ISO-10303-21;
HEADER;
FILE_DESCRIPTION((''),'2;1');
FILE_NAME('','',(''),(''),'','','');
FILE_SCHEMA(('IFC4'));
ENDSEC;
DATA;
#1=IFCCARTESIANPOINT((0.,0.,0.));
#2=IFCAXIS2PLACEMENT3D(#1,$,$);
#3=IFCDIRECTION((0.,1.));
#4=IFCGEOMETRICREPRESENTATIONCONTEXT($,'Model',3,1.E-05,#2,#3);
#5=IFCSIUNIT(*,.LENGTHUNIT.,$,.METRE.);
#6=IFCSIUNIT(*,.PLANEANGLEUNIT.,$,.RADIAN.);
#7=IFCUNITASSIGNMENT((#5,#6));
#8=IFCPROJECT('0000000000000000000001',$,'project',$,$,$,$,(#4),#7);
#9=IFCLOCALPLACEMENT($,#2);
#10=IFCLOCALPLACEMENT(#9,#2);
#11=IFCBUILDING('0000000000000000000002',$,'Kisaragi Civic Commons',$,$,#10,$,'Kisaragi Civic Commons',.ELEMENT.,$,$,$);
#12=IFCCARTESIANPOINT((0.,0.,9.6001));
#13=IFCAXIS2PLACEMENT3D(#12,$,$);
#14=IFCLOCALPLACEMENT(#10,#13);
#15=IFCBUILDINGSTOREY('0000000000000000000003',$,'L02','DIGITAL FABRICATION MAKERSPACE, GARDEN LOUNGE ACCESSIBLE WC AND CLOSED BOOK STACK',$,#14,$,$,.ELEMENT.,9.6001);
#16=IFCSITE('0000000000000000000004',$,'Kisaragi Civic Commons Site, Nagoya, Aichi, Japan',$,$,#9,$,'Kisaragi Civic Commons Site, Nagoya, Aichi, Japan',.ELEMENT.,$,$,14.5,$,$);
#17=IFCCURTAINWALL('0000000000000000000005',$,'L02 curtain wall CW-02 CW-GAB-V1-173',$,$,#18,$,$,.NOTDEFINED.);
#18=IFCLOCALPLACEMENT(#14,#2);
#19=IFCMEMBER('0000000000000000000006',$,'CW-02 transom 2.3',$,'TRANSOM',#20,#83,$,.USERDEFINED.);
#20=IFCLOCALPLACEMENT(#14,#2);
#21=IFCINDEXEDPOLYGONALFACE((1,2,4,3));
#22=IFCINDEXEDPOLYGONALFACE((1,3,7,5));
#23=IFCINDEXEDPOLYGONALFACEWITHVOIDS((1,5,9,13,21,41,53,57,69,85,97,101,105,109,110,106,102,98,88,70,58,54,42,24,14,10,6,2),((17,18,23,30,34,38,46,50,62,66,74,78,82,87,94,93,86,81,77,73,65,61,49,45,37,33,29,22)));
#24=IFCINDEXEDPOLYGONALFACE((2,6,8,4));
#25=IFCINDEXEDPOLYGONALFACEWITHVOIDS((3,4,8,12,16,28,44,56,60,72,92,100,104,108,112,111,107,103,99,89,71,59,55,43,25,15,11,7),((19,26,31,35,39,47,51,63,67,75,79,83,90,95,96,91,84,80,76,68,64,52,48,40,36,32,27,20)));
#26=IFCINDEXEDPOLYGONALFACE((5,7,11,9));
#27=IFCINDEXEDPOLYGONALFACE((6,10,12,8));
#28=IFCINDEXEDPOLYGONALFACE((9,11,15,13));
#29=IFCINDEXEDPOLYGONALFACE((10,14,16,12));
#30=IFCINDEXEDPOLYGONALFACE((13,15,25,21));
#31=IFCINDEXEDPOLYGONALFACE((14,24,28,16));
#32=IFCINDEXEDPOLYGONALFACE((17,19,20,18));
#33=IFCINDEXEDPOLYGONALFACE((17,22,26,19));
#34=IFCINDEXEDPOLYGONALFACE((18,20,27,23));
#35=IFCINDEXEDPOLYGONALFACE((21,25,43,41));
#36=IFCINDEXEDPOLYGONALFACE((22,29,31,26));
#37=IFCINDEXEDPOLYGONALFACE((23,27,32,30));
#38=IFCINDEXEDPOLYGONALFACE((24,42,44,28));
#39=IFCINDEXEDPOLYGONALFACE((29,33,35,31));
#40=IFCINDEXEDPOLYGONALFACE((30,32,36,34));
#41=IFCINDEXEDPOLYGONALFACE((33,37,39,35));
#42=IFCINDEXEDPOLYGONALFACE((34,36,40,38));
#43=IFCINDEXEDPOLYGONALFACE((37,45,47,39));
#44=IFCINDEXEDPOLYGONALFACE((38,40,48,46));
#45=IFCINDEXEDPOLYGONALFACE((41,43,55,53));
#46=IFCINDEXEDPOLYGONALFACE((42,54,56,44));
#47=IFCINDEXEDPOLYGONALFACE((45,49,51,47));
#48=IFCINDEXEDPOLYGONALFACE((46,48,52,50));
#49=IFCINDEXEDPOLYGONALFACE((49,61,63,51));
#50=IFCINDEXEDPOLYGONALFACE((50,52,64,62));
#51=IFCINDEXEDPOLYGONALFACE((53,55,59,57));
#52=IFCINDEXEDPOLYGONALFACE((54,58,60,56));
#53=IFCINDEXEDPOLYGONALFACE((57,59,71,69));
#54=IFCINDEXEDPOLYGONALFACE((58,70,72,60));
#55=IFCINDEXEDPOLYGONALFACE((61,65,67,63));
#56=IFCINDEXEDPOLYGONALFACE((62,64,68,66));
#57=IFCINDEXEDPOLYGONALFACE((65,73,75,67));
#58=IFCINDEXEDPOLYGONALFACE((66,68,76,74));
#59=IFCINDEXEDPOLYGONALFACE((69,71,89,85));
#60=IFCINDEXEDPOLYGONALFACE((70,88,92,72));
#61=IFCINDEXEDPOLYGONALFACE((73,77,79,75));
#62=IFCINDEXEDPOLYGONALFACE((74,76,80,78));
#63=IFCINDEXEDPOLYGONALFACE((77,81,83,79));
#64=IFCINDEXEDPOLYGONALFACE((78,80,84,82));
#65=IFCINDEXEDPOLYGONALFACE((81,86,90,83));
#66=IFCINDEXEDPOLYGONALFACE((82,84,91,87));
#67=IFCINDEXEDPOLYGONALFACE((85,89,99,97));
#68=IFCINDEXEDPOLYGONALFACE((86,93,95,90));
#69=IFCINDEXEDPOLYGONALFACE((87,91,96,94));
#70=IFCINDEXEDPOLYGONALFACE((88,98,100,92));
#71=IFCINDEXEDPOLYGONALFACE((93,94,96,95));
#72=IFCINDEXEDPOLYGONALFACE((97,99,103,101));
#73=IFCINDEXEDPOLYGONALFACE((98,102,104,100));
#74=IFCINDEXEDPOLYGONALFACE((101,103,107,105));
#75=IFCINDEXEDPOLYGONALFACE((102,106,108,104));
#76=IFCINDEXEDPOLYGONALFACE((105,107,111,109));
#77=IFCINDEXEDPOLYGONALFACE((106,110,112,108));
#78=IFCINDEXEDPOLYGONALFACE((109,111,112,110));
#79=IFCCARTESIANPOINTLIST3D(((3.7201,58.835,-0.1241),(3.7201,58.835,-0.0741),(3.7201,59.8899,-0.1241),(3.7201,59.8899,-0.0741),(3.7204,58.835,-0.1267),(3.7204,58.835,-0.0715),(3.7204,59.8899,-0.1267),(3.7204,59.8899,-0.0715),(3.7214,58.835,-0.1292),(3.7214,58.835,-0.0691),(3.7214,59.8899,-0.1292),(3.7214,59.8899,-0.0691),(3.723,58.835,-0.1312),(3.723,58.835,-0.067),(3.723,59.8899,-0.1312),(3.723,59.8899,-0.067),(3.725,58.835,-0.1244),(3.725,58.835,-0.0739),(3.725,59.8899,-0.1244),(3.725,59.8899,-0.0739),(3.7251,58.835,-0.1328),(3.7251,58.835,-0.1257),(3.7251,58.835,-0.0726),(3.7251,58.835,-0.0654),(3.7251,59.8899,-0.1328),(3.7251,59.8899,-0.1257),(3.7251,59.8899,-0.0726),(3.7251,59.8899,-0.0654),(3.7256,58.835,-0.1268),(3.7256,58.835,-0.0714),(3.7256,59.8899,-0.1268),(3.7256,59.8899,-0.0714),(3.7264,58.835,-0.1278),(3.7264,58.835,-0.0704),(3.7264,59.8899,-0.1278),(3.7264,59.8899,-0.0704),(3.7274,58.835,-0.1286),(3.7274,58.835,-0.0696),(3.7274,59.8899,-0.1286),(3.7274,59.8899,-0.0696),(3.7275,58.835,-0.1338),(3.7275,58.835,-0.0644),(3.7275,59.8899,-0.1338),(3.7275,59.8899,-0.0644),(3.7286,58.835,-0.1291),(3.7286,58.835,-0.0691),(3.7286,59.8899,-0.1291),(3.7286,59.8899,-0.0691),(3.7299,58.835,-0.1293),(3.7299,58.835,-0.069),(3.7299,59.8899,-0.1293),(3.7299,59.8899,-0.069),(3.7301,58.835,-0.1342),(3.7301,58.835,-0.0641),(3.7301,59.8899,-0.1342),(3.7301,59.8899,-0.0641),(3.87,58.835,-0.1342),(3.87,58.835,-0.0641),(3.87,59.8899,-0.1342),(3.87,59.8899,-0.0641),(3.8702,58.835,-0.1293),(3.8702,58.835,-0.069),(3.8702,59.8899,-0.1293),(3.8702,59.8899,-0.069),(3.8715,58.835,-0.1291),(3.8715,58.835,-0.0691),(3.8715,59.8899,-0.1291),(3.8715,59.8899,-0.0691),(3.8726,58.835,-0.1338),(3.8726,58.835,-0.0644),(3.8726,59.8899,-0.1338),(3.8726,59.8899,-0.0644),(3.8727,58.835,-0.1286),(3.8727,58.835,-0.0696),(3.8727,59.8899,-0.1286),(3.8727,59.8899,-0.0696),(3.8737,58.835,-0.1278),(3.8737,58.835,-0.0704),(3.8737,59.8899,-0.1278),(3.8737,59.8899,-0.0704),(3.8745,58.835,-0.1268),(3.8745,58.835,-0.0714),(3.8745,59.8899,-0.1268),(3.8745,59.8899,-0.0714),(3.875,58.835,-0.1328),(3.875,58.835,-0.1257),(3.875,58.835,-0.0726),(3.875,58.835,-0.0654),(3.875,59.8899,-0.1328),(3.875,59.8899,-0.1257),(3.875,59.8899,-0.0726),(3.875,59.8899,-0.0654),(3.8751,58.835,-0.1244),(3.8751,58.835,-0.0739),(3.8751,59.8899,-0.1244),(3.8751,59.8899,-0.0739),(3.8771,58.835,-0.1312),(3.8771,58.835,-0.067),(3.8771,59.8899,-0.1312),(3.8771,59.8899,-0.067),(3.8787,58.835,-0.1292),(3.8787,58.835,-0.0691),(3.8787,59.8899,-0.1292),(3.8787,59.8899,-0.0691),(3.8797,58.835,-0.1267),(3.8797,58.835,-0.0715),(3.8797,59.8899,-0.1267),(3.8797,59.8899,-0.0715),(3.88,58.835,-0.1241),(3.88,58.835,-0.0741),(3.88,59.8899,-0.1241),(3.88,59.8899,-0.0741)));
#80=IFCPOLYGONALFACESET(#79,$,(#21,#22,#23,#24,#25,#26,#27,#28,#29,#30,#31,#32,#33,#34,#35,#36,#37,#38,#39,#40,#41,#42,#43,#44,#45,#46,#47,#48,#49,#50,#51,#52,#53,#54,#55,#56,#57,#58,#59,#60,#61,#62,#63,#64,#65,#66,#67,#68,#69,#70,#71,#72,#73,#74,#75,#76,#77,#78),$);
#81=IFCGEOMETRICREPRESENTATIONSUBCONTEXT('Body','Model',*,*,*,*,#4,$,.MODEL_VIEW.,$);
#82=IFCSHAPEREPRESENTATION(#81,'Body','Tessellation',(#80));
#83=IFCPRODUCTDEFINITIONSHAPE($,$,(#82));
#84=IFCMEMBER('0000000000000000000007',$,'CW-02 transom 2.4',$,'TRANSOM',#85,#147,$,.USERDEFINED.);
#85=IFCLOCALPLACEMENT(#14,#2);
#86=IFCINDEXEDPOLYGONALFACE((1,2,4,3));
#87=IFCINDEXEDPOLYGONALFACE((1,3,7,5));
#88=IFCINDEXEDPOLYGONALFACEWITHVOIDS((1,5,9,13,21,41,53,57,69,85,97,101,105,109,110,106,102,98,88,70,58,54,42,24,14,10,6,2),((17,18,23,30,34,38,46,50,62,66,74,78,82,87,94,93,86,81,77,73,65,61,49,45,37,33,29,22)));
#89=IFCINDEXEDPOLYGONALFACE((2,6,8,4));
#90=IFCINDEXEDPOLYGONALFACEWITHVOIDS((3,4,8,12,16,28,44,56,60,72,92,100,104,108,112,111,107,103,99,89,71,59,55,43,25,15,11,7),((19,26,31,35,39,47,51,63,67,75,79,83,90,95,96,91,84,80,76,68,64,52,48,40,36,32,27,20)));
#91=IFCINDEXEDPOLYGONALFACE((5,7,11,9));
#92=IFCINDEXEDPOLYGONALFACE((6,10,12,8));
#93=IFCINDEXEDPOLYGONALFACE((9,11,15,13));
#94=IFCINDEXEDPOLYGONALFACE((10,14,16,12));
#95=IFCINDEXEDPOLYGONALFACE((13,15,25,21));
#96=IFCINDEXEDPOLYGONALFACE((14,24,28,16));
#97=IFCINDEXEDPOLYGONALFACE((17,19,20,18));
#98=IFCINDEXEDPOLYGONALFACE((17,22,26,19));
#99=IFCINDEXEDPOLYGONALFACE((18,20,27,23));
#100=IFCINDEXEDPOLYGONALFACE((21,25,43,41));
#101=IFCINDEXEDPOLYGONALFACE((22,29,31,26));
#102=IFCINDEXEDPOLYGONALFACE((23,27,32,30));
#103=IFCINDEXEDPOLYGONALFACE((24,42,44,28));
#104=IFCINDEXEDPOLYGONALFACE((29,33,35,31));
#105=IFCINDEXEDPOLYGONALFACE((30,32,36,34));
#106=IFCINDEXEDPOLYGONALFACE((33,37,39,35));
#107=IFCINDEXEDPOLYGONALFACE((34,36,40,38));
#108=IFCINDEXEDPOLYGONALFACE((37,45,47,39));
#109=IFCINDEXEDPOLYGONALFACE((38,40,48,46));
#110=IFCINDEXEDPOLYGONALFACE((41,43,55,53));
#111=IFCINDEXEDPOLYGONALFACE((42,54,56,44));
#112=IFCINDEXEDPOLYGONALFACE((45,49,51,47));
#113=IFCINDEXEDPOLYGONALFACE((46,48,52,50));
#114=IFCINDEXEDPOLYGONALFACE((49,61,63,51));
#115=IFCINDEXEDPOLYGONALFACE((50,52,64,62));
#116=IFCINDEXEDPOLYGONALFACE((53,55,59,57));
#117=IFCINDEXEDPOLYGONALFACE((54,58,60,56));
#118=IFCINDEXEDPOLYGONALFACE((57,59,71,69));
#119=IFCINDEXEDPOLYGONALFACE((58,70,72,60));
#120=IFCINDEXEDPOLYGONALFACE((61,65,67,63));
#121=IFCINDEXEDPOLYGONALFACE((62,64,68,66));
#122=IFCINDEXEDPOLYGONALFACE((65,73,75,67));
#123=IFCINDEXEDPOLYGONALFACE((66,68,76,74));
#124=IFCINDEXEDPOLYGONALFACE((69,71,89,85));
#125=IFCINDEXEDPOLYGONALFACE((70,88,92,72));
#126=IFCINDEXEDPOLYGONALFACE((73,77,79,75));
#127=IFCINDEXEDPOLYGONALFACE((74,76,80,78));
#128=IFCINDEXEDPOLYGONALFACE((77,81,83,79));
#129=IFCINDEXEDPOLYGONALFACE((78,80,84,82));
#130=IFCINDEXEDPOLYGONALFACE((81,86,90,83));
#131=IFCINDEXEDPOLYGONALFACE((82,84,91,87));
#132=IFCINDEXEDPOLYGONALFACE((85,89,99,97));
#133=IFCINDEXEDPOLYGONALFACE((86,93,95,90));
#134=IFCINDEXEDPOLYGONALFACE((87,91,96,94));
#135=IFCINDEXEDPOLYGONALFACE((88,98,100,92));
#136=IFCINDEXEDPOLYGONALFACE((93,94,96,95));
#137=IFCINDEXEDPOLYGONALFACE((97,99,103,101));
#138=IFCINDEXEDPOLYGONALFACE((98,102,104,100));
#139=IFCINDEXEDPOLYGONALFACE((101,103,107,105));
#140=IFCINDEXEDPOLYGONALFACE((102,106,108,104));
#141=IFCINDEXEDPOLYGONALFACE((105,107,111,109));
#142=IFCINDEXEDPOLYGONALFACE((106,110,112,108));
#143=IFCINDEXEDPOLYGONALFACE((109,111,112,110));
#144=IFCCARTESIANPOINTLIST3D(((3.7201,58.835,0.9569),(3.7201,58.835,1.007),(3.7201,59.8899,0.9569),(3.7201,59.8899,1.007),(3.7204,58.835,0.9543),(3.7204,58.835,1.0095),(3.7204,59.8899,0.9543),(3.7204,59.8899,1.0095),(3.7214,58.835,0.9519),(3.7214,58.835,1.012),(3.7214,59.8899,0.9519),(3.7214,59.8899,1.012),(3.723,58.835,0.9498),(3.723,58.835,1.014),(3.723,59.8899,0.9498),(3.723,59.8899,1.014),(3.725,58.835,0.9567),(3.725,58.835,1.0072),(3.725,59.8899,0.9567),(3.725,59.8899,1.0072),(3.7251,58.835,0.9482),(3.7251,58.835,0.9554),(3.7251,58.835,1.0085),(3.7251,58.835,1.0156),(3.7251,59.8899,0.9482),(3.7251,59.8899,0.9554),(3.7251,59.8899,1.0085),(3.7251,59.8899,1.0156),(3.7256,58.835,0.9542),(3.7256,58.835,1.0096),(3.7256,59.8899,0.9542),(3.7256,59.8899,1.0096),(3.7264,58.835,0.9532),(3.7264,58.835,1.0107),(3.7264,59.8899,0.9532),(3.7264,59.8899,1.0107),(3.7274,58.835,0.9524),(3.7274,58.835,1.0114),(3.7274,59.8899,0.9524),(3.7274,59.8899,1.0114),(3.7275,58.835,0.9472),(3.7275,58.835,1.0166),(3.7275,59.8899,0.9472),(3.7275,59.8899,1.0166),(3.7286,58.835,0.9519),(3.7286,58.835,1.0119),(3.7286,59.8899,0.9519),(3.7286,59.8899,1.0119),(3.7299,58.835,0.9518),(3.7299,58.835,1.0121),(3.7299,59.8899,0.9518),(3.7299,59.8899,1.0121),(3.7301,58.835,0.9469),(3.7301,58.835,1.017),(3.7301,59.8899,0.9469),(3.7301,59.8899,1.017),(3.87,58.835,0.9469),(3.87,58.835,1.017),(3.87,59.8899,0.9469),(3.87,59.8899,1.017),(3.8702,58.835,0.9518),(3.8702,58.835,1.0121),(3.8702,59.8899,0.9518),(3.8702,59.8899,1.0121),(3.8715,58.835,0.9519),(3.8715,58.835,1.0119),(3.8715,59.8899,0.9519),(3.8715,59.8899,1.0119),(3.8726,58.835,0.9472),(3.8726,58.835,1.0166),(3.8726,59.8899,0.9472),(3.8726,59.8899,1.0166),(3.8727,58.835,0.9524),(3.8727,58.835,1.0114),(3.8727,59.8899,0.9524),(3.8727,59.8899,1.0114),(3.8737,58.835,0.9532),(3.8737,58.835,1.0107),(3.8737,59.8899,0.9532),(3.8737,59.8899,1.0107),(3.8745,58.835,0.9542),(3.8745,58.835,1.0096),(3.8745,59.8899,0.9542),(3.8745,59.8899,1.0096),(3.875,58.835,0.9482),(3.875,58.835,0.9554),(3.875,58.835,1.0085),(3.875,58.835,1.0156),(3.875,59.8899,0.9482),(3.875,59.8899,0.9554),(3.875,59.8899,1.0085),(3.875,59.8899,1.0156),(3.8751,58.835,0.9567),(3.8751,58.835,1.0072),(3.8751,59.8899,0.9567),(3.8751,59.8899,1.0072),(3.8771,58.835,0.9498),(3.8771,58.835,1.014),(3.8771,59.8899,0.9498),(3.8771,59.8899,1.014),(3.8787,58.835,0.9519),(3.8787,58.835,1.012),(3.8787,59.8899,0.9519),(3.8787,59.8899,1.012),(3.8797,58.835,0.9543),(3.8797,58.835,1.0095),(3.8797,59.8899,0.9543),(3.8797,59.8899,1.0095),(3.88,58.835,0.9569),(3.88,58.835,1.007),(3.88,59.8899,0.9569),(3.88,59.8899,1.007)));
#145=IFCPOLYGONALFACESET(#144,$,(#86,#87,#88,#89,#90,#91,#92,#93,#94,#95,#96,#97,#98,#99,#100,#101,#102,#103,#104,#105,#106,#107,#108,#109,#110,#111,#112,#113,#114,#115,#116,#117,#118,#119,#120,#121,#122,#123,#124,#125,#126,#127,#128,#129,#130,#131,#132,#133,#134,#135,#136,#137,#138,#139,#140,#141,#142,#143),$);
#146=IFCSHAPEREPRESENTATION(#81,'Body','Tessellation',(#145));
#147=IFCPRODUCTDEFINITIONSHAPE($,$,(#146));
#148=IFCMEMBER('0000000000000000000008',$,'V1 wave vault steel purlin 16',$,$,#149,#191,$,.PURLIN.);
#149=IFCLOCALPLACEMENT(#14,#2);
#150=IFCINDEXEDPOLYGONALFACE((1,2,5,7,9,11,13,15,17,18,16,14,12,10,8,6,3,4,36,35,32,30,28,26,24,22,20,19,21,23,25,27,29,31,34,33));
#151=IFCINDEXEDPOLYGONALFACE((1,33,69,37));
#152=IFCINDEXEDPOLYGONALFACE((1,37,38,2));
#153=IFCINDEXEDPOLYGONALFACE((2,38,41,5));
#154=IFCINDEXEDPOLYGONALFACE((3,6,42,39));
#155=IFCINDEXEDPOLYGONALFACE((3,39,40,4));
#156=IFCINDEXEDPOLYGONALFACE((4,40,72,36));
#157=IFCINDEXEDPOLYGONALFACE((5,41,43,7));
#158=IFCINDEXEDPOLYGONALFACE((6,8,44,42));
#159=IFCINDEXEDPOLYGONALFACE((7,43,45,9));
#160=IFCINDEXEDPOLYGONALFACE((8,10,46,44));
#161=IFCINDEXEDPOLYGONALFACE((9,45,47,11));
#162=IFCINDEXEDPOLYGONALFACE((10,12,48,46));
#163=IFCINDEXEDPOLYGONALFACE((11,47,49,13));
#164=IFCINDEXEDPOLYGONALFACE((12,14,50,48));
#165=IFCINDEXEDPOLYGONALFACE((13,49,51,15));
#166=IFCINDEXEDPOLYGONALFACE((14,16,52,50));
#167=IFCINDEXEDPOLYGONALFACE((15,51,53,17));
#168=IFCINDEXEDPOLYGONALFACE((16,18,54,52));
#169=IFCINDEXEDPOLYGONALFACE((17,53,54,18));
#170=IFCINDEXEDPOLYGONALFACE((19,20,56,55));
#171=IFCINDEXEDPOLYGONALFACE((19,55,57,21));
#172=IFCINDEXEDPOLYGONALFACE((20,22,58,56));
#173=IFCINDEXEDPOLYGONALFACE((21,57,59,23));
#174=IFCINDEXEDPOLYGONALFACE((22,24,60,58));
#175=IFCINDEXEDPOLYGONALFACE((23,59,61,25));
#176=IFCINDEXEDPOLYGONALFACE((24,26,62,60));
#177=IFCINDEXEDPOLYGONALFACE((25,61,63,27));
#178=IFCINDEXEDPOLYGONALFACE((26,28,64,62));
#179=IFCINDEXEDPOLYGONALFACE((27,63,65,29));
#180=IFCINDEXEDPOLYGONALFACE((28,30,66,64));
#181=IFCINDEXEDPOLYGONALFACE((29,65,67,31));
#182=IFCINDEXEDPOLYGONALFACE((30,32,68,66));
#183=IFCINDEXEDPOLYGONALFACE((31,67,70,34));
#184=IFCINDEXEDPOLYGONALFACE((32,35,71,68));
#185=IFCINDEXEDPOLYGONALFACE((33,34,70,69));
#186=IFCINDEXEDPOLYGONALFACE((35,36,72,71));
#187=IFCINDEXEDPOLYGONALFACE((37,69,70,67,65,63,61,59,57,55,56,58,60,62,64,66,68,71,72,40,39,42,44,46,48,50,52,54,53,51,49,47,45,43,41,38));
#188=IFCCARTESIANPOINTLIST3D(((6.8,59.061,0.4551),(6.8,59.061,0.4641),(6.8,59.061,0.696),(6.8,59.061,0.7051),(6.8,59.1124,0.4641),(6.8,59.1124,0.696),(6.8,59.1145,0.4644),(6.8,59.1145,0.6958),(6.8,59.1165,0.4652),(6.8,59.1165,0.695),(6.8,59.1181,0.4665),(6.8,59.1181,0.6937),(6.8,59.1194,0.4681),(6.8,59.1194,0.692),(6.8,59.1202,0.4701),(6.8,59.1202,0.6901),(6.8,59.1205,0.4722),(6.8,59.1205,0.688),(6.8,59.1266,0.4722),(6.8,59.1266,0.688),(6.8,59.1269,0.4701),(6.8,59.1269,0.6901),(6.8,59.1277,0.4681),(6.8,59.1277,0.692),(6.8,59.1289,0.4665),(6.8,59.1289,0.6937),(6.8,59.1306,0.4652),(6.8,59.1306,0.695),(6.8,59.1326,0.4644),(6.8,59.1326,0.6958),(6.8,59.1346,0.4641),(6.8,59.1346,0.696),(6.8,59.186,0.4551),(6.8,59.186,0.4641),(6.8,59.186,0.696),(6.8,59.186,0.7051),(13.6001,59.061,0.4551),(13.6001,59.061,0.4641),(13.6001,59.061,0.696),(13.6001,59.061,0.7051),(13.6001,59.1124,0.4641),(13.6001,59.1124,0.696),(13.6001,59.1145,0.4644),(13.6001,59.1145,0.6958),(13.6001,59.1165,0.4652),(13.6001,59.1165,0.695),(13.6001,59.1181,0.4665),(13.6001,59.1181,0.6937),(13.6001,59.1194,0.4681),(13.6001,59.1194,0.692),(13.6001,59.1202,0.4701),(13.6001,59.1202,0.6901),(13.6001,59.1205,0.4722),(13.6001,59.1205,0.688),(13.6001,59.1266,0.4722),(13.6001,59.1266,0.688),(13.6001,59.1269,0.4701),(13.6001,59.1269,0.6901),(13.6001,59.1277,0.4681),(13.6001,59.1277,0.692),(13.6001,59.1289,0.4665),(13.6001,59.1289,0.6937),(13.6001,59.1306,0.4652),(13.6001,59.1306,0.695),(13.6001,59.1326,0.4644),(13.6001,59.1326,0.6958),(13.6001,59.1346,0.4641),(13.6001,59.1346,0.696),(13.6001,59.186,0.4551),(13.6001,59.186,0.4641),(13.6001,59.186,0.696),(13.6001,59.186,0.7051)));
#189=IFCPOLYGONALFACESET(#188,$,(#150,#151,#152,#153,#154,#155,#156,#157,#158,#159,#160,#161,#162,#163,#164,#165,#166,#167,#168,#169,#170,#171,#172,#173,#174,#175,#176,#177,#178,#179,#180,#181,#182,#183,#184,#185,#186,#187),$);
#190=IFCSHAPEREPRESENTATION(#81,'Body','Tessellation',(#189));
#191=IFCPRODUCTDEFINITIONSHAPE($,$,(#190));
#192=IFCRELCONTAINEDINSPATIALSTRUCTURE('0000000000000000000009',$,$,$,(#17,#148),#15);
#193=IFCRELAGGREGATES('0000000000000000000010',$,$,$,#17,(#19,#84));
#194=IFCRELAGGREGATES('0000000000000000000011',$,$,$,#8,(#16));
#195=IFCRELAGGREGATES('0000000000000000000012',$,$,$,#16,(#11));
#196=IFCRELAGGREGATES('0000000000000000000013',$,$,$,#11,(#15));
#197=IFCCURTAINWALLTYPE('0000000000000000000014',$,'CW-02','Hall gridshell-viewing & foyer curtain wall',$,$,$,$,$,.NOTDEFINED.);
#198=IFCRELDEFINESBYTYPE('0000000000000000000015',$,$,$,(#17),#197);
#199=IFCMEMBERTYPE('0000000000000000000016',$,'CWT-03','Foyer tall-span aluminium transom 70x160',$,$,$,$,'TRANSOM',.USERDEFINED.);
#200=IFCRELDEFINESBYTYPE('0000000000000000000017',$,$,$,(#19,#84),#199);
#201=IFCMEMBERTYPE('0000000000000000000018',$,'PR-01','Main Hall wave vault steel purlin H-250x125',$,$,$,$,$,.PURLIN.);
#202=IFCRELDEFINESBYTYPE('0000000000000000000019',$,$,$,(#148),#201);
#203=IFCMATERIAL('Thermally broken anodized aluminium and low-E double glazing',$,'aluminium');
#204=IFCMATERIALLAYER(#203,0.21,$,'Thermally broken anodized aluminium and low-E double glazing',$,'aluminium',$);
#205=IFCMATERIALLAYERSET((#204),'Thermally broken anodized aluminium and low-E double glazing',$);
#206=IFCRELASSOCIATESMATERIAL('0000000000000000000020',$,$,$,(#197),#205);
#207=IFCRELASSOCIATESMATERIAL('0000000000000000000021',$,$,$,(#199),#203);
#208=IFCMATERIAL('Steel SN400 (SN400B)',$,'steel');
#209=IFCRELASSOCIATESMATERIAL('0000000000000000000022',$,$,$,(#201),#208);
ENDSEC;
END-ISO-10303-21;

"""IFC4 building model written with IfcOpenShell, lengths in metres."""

from ifc_helpers import new_model, si_unit, direction, frame, origin, origin_2d, place, context, subcontext, project, spatial, hollow_rectangle, i_section, extrude, material, layer, layer_set, material_profile, profile_set, type_object, element, aggregate, save


model = new_model("IFC4")

# Units and contexts
model_context = context("Model", 3, precision=1e-05, world=origin(), true_north=direction((0.0, 1.0)))
body_context = subcontext(model_context, "Body", "Model", "MODEL_VIEW")
ifc_project = project(units=[si_unit("LENGTHUNIT", "METRE"), si_unit("PLANEANGLEUNIT", "RADIAN")], contexts=[model_context])

# Site, building, storey
site_placement = place(None, origin())
site = spatial("IfcSite", under=ifc_project, at=site_placement, Name="Kisaragi Civic Commons Site, Nagoya, Aichi, Japan", LongName="Kisaragi Civic Commons Site, Nagoya, Aichi, Japan", CompositionType="ELEMENT", RefElevation=14.5)
building_placement = place(site_placement, origin())
building = spatial("IfcBuilding", under=site, at=building_placement, Name="Kisaragi Civic Commons", LongName="Kisaragi Civic Commons", CompositionType="ELEMENT")
storey_placement = place(building_placement, frame((0.0, 0.0, 9.6001)))
storey = spatial("IfcBuildingStorey", under=building, at=storey_placement, Name="L02", Description="DIGITAL FABRICATION MAKERSPACE, GARDEN LOUNGE ACCESSIBLE WC AND CLOSED BOOK STACK", CompositionType="ELEMENT", Elevation=9.6001)

# Curtain wall
ifc_material_1 = material(Name="Thermally broken anodized aluminium and low-E double glazing", Category="aluminium")
ifc_layer_1 = layer(ifc_material_1, 0.21, Name="Thermally broken anodized aluminium and low-E double glazing", Category="aluminium")
ifc_layer_set_1 = layer_set([ifc_layer_1], Name="Thermally broken anodized aluminium and low-E double glazing")
curtain_wall_type_1 = type_object("IfcCurtainWallType", Name="CW-02", Description="Hall gridshell-viewing & foyer curtain wall", PredefinedType="NOTDEFINED", material=ifc_layer_set_1)
curtain_wall_1_placement = place(storey_placement, origin())
curtain_wall_1 = element("IfcCurtainWall", 1, at=curtain_wall_1_placement, inside=storey, type_object=curtain_wall_type_1, Name="L02 curtain wall CW-02 CW-GAB-V1-173", PredefinedType="NOTDEFINED")

# Members
ifc_material_profile_1 = material_profile(ifc_material_1, hollow_rectangle(XDim=0.1599, YDim=0.0701, WallThickness=0.0049, InnerFilletRadius=0.0049, OuterFilletRadius=0.01, at=origin_2d()), Name="CWT-70x160x5", Category="aluminium")
ifc_profile_set_1 = profile_set([ifc_material_profile_1], Name="Thermally broken anodized aluminium and low-E double glazing")
member_type_1 = type_object("IfcMemberType", Name="CWT-03", Description="Foyer tall-span aluminium transom 70x160", ElementType="TRANSOM", PredefinedType="USERDEFINED", material=ifc_profile_set_1)
member_1_placement = place(storey_placement, frame((3.8, 58.835, -0.0991), z_axis=(0.0, 1.0, 0.0), x_axis=(-1.0, 0.0, 0.0)))
member_1 = element("IfcMember", 2, at=member_1_placement, type_object=member_type_1, Name="CW-02 transom 2.3", ObjectType="TRANSOM", PredefinedType="USERDEFINED", context=body_context, shape_type="SweptSolid", body=[
    extrude(hollow_rectangle(XDim=0.1599, YDim=0.0701, WallThickness=0.0049, InnerFilletRadius=0.0049, OuterFilletRadius=0.01, at=origin_2d()), origin(), (0.0, 0.0, 1.0), 1.0549),
])
member_2_placement = place(storey_placement, frame((3.8, 58.835, 0.9819), z_axis=(0.0, 1.0, 0.0), x_axis=(-1.0, 0.0, 0.0)))
member_2 = element("IfcMember", 3, at=member_2_placement, type_object=member_type_1, Name="CW-02 transom 2.4", ObjectType="TRANSOM", PredefinedType="USERDEFINED", context=body_context, shape_type="SweptSolid", body=[
    extrude(hollow_rectangle(XDim=0.1599, YDim=0.0701, WallThickness=0.0049, InnerFilletRadius=0.0049, OuterFilletRadius=0.01, at=origin_2d()), origin(), (0.0, 0.0, 1.0), 1.0549),
])

# Member
ifc_material_2 = material(Name="Steel SN400 (SN400B)", Category="steel")
ifc_material_profile_2 = material_profile(ifc_material_2, i_section(OverallWidth=0.125, OverallDepth=0.25, WebThickness=0.0061, FlangeThickness=0.009, FilletRadius=0.0081, at=origin_2d()), Name="H-250x125x6x9", Category="steel")
ifc_profile_set_2 = profile_set([ifc_material_profile_2], Name="Steel SN400 (SN400B)")
member_type_2 = type_object("IfcMemberType", Name="PR-01", Description="Main Hall wave vault steel purlin H-250x125", PredefinedType="PURLIN", material=ifc_profile_set_2)
member_3_placement = place(storey_placement, frame((6.8, 59.1235, 0.5801), z_axis=(1.0, 0.0, 0.0), x_axis=(0.0, 1.0, 0.0)))
element("IfcMember", 4, at=member_3_placement, inside=storey, type_object=member_type_2, Name="V1 wave vault steel purlin 16", PredefinedType="PURLIN", context=body_context, shape_type="SweptSolid", body=[
    extrude(i_section(OverallWidth=0.125, OverallDepth=0.25, WebThickness=0.0061, FlangeThickness=0.009, FilletRadius=0.0081, at=origin_2d()), origin(), (0.0, 0.0, 1.0), 6.8),
])

aggregate(curtain_wall_1, [member_1, member_2])

save(model, "model.ifc")
